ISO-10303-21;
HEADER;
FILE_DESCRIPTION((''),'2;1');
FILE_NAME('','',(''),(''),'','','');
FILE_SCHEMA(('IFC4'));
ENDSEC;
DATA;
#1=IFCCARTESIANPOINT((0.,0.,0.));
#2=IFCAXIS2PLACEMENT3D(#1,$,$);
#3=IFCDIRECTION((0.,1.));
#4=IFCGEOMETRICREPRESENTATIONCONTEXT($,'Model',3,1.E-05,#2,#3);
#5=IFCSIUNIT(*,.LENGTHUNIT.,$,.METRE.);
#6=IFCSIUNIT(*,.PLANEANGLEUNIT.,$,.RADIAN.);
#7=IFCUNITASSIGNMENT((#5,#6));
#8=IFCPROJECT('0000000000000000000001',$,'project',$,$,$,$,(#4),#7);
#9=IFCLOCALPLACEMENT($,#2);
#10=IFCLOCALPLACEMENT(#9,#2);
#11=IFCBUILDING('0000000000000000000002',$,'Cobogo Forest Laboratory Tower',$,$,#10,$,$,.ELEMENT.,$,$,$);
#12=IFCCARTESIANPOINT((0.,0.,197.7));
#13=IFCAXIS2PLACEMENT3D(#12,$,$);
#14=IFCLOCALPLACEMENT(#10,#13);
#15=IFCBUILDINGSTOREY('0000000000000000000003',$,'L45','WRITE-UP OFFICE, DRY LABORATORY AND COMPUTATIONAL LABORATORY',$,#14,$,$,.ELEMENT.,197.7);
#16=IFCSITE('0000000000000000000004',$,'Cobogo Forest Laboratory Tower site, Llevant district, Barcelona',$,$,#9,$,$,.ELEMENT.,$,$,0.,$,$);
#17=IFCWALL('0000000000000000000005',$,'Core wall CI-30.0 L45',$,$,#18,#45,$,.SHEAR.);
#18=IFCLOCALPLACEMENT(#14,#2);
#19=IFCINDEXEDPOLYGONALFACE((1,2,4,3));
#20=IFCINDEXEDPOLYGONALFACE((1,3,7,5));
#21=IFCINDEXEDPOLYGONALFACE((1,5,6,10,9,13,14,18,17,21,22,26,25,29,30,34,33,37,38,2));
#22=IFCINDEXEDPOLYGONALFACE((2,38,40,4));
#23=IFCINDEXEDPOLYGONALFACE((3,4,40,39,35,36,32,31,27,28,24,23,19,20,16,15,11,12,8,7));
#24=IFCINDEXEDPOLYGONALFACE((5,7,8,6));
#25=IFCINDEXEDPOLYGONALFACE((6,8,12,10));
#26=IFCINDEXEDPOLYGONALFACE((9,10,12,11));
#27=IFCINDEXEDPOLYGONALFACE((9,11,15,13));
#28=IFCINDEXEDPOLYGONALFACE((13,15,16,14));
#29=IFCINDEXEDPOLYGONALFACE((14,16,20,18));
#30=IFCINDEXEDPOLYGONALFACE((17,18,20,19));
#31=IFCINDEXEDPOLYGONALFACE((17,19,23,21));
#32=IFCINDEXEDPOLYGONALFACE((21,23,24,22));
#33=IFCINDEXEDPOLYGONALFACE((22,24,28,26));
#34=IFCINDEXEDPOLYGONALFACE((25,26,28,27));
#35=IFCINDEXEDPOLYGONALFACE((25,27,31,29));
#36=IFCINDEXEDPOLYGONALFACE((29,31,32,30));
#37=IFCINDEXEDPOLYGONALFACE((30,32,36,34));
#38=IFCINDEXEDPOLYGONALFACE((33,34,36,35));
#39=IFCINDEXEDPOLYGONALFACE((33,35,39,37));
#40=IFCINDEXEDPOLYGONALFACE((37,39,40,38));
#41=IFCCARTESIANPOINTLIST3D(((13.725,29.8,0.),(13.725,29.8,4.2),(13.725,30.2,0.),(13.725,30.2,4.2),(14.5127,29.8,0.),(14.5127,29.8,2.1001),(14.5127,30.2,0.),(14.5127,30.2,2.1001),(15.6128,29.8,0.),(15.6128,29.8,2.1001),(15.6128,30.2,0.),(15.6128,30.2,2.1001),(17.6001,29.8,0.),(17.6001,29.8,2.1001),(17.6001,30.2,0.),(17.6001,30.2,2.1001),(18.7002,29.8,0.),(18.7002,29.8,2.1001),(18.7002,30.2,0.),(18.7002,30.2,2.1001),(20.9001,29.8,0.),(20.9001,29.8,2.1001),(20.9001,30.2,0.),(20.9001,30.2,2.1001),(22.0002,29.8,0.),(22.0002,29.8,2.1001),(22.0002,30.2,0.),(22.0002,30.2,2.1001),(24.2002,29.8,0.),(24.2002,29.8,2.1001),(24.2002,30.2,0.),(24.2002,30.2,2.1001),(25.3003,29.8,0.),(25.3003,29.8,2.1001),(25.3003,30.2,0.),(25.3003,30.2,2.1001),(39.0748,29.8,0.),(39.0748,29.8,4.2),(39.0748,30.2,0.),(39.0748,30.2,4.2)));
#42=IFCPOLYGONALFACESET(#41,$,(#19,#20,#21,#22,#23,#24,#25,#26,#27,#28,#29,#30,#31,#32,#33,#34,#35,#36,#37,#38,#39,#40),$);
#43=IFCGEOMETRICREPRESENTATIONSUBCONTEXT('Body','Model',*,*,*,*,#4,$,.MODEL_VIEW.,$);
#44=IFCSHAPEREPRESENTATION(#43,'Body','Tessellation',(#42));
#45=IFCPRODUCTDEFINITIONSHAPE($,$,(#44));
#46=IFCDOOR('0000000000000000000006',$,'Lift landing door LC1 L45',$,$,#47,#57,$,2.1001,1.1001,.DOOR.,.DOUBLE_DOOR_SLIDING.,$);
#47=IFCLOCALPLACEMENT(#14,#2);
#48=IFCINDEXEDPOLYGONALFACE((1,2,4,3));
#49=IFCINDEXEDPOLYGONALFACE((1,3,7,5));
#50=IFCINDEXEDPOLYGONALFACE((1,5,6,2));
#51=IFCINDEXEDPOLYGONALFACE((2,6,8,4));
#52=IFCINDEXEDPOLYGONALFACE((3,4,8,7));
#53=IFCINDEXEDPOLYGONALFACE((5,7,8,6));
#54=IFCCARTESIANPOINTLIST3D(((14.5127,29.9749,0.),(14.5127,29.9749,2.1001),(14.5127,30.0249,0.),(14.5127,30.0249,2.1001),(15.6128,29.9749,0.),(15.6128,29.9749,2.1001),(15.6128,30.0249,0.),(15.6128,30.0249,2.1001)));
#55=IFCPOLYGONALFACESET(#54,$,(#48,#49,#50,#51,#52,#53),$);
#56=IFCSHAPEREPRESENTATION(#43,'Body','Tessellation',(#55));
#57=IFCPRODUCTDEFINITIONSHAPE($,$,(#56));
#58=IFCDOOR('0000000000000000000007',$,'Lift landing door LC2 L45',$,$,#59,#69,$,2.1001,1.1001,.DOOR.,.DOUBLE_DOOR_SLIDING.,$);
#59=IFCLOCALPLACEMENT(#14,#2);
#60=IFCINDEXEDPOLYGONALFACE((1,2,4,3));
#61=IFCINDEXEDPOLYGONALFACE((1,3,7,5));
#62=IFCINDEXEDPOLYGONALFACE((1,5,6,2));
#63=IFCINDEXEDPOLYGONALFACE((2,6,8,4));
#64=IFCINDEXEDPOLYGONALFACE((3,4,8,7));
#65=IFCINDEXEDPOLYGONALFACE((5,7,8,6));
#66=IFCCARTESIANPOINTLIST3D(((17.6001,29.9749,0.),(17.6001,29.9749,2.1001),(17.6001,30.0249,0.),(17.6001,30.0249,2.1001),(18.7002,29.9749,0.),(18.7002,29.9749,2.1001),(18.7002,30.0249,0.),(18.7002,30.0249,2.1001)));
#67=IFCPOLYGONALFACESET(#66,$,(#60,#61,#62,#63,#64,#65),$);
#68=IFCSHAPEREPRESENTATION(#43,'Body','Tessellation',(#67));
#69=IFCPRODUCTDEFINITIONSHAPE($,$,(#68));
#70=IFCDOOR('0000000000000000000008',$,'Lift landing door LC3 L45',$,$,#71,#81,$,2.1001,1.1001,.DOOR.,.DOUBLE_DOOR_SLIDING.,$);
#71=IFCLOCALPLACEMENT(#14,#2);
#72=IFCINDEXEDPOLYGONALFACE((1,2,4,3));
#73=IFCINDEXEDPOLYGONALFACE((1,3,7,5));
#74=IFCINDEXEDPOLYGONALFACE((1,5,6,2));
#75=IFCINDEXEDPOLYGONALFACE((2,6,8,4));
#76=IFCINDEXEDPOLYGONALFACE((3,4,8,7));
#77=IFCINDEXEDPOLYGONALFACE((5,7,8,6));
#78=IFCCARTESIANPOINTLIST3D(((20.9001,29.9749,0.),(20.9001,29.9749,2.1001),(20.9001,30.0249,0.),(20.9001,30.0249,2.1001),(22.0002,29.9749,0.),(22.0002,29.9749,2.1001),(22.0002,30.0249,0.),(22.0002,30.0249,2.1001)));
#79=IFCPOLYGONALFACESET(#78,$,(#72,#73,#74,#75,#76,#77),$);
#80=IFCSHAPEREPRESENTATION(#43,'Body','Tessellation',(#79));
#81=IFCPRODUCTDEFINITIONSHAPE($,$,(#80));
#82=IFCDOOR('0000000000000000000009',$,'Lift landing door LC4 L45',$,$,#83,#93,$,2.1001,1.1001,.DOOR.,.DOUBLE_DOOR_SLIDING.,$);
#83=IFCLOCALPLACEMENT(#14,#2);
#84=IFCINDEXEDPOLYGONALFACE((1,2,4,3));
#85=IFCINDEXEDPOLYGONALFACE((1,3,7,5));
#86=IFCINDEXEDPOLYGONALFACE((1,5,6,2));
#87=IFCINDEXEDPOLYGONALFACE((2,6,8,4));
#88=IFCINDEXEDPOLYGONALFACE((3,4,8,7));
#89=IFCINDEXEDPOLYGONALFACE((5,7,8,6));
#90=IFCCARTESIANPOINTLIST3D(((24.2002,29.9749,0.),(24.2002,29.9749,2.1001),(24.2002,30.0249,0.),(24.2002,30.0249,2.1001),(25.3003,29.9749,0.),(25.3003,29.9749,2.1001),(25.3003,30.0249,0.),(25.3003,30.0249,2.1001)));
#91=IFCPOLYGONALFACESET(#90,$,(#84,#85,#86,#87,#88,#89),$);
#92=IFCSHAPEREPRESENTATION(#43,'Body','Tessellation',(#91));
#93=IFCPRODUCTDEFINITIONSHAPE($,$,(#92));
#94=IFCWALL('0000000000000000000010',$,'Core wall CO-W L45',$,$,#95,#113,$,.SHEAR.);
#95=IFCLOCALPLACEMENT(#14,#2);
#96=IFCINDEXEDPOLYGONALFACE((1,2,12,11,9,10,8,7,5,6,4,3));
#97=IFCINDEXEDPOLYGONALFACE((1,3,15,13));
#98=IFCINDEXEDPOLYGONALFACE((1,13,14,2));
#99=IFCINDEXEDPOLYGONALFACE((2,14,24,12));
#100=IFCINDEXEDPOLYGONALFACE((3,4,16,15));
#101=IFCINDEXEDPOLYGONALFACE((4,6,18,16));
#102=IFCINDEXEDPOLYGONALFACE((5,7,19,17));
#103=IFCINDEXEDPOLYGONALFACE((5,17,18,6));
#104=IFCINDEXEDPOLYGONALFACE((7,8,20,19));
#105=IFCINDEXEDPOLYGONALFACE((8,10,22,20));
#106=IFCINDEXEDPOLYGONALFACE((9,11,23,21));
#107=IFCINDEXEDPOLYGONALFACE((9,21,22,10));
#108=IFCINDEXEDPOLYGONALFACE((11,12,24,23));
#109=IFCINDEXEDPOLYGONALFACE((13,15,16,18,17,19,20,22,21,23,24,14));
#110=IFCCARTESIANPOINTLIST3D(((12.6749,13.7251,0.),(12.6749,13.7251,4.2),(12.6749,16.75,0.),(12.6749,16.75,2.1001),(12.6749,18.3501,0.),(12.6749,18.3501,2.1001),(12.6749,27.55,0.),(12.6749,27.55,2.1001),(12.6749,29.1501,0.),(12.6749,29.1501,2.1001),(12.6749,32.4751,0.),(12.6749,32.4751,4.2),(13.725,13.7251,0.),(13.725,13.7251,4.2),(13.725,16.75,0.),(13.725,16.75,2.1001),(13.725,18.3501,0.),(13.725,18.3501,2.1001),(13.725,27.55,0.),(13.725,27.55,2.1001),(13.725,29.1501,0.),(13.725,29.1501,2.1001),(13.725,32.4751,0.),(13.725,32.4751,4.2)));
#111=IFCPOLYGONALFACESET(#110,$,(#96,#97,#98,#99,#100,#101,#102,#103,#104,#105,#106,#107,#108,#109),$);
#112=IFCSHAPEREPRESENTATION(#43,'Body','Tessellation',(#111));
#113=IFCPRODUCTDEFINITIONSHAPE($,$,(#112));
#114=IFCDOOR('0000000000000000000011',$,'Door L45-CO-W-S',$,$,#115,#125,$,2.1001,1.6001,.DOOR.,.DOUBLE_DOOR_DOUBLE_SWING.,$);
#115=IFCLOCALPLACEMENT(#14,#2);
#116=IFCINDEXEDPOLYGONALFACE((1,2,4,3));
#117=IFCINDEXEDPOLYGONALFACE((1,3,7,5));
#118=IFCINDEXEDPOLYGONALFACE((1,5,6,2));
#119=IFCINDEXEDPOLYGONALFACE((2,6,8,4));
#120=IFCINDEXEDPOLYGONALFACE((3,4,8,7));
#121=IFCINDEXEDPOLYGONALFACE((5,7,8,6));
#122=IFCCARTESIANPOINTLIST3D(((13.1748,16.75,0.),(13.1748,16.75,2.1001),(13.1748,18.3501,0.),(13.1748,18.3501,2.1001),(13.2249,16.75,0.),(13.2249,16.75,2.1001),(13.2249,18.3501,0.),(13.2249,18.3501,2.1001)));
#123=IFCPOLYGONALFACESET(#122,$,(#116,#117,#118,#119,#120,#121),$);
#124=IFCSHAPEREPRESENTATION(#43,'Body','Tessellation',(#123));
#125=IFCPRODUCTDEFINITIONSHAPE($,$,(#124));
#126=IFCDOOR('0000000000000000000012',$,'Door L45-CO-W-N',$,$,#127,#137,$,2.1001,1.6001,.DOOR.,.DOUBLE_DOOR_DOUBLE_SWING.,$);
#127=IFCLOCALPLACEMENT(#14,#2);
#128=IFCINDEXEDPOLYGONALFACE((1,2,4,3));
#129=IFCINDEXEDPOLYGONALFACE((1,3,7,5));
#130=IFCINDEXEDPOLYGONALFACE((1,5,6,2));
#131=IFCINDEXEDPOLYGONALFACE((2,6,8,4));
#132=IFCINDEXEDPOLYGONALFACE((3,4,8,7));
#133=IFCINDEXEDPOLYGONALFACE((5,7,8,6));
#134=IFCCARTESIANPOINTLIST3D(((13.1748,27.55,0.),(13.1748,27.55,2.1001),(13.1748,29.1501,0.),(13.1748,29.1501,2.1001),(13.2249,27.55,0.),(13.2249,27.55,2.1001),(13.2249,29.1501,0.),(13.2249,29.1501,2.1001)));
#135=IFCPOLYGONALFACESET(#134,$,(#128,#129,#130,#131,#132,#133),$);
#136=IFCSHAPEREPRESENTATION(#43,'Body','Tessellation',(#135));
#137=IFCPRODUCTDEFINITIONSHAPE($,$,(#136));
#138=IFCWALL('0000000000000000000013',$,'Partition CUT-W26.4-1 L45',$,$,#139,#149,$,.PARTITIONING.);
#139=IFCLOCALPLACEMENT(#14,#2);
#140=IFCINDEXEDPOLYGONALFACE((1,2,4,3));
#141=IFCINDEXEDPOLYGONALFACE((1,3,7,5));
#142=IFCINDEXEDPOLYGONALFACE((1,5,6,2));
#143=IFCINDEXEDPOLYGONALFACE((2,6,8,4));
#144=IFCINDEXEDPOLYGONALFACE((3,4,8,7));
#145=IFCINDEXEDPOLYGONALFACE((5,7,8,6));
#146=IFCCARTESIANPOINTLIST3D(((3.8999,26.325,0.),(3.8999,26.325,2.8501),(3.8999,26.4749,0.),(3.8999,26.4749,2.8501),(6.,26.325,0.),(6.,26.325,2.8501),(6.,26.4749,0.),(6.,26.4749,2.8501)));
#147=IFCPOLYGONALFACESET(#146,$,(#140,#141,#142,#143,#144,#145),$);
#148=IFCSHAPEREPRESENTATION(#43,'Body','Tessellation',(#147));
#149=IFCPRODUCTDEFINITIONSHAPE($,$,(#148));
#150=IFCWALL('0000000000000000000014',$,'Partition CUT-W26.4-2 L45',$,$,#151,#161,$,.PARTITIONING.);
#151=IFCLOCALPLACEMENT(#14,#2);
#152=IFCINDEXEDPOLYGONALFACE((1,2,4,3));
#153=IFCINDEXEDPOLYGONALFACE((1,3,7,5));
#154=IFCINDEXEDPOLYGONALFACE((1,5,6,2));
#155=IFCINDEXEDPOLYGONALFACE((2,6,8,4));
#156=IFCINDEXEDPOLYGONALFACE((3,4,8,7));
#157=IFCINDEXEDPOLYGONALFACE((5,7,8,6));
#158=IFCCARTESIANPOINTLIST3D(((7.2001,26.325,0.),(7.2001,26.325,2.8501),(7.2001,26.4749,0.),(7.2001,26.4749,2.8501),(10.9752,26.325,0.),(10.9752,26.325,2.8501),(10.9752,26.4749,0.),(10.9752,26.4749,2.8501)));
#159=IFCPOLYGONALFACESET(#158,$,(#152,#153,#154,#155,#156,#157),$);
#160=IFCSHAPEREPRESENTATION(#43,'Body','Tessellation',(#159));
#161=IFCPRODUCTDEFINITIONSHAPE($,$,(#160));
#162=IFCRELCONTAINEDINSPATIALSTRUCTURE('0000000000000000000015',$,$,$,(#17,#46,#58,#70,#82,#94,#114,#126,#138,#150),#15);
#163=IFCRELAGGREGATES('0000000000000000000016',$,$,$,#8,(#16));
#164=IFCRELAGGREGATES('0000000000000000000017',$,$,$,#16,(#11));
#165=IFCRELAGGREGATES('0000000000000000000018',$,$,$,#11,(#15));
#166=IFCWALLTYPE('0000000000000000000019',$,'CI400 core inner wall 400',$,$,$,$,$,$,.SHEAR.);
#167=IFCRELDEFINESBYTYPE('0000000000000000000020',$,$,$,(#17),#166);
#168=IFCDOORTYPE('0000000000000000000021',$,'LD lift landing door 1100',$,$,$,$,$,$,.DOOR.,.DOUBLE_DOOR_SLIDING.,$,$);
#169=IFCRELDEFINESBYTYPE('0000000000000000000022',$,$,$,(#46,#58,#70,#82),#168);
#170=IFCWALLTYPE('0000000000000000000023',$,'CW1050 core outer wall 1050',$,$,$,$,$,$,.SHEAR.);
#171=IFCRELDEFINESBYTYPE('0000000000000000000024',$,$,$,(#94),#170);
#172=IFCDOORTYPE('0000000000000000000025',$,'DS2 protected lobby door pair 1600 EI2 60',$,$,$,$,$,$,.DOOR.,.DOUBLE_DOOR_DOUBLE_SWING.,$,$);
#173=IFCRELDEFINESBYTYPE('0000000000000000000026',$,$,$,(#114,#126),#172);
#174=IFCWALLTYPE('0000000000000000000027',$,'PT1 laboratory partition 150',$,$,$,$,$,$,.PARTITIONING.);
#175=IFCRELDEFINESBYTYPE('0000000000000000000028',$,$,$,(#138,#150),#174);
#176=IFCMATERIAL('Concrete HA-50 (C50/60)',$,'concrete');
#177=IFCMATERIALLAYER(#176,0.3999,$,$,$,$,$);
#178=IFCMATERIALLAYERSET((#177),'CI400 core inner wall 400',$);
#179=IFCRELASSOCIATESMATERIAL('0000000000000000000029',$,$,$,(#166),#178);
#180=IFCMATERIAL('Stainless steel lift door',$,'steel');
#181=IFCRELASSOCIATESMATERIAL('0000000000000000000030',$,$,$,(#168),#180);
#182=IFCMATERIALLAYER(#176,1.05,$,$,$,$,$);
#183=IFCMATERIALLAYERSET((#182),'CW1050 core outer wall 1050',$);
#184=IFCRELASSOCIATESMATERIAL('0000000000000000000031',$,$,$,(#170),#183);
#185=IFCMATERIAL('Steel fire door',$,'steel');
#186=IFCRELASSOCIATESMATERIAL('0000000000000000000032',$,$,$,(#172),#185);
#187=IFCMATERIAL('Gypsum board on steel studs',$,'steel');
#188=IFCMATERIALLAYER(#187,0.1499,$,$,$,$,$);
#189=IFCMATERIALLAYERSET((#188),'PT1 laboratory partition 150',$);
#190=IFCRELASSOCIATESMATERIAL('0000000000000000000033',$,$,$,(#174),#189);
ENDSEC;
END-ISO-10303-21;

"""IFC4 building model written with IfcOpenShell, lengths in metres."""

from ifc_helpers import new_model, si_unit, direction, frame, frame_2d, origin, place, context, subcontext, project, spatial, rectangle, extrude, material, layer, layer_set, type_object, element, fill, save


model = new_model("IFC4")

# Units and contexts
model_context = context("Model", 3, precision=1e-05, world=origin(), true_north=direction((0.0, 1.0)))
body_context = subcontext(model_context, "Body", "Model", "MODEL_VIEW")
ifc_project = project(units=[si_unit("LENGTHUNIT", "METRE"), si_unit("PLANEANGLEUNIT", "RADIAN")], contexts=[model_context])

# Site, building, storey
site_placement = place(None, origin())
site = spatial("IfcSite", under=ifc_project, at=site_placement, Name="Cobogo Forest Laboratory Tower site, Llevant district, Barcelona", CompositionType="ELEMENT", RefElevation=0.0)
building_placement = place(site_placement, origin())
building = spatial("IfcBuilding", under=site, at=building_placement, Name="Cobogo Forest Laboratory Tower", CompositionType="ELEMENT")
storey_placement = place(building_placement, frame((0.0, 0.0, 197.7)))
storey = spatial("IfcBuildingStorey", under=building, at=storey_placement, Name="L45", Description="WRITE-UP OFFICE, DRY LABORATORY AND COMPUTATIONAL LABORATORY", CompositionType="ELEMENT", Elevation=197.7)

# Shared definitions
ifc_material_1 = material(Name="Concrete HA-50 (C50/60)", Category="concrete")

# Walls, openings, doors
ifc_layer_1 = layer(ifc_material_1, 0.3999)
ifc_layer_set_1 = layer_set([ifc_layer_1], Name="CI400 core inner wall 400")
wall_type_1 = type_object("IfcWallType", Name="CI400 core inner wall 400", PredefinedType="SHEAR", material=ifc_layer_set_1)
ifc_material_2 = material(Name="Steel fire door", Category="steel")
ifc_material_3 = material(Name="Stainless steel lift door", Category="steel")
door_type_1 = type_object("IfcDoorType", Name="LD lift landing door 1100", OperationType="DOUBLE_DOOR_SLIDING", PredefinedType="DOOR", material=ifc_material_3)
wall_1_placement = place(storey_placement, frame((13.7251, 30.0, 0.0), z_axis=(0.0, 0.0, 1.0), x_axis=(1.0, 0.0, 0.0)))
wall_1 = element("IfcWall", 1, at=wall_1_placement, inside=storey, type_object=wall_type_1, Name="Core wall CI-30.0 L45", PredefinedType="SHEAR", context=body_context, shape_type="SweptSolid", body=[
    extrude(rectangle(XDim=25.3499, YDim=0.3999, at=frame_2d((12.6748, 0.0))), origin(), (0.0, 0.0, 1.0), 4.2),
])
opening_1_placement = place(wall_1_placement, frame((0.7876, 0.0, 0.0)))
opening_1 = element("IfcOpeningElement", 2, at=opening_1_placement, cuts=wall_1, PredefinedType="OPENING", context=body_context, shape_type="SweptSolid", body=[
    extrude(rectangle(XDim=1.1001, YDim=2.1001, at=frame_2d((0.55, 1.05))), frame((0.0, 0.21, 0.0), z_axis=(0.0, -1.0, 0.0), x_axis=(1.0, 0.0, 0.0)), (0.0, 0.0, 1.0), 0.4199),
])
opening_2_placement = place(wall_1_placement, frame((3.875, 0.0, 0.0)))
opening_2 = element("IfcOpeningElement", 3, at=opening_2_placement, cuts=wall_1, PredefinedType="OPENING", context=body_context, shape_type="SweptSolid", body=[
    extrude(rectangle(XDim=1.1001, YDim=2.1001, at=frame_2d((0.55, 1.05))), frame((0.0, 0.21, 0.0), z_axis=(0.0, -1.0, 0.0), x_axis=(1.0, 0.0, 0.0)), (0.0, 0.0, 1.0), 0.4199),
])
opening_3_placement = place(wall_1_placement, frame((7.175, 0.0, 0.0)))
opening_3 = element("IfcOpeningElement", 4, at=opening_3_placement, cuts=wall_1, PredefinedType="OPENING", context=body_context, shape_type="SweptSolid", body=[
    extrude(rectangle(XDim=1.1001, YDim=2.1001, at=frame_2d((0.55, 1.05))), frame((0.0, 0.21, 0.0), z_axis=(0.0, -1.0, 0.0), x_axis=(1.0, 0.0, 0.0)), (0.0, 0.0, 1.0), 0.4199),
])
opening_4_placement = place(wall_1_placement, frame((10.4751, 0.0, 0.0)))
opening_4 = element("IfcOpeningElement", 5, at=opening_4_placement, cuts=wall_1, PredefinedType="OPENING", context=body_context, shape_type="SweptSolid", body=[
    extrude(rectangle(XDim=1.1001, YDim=2.1001, at=frame_2d((0.55, 1.05))), frame((0.0, 0.21, 0.0), z_axis=(0.0, -1.0, 0.0), x_axis=(1.0, 0.0, 0.0)), (0.0, 0.0, 1.0), 0.4199),
])
door_1_placement = place(opening_1_placement, origin())
door_1 = element("IfcDoor", 6, at=door_1_placement, inside=storey, type_object=door_type_1, Name="Lift landing door LC1 L45", OperationType="DOUBLE_DOOR_SLIDING", OverallHeight=2.1001, OverallWidth=1.1001, PredefinedType="DOOR", context=body_context, shape_type="SweptSolid", body=[
    extrude(rectangle(XDim=1.1001, YDim=2.1001, at=frame_2d((0.55, 1.05))), frame((0.0, 0.0249, 0.0), z_axis=(0.0, -1.0, 0.0), x_axis=(1.0, 0.0, 0.0)), (0.0, 0.0, 1.0), 0.05),
])
fill(opening_1, door_1)
door_2_placement = place(opening_2_placement, origin())
door_2 = element("IfcDoor", 7, at=door_2_placement, inside=storey, type_object=door_type_1, Name="Lift landing door LC2 L45", OperationType="DOUBLE_DOOR_SLIDING", OverallHeight=2.1001, OverallWidth=1.1001, PredefinedType="DOOR", context=body_context, shape_type="SweptSolid", body=[
    extrude(rectangle(XDim=1.1001, YDim=2.1001, at=frame_2d((0.55, 1.05))), frame((0.0, 0.0249, 0.0), z_axis=(0.0, -1.0, 0.0), x_axis=(1.0, 0.0, 0.0)), (0.0, 0.0, 1.0), 0.05),
])
fill(opening_2, door_2)
door_3_placement = place(opening_3_placement, origin())
door_3 = element("IfcDoor", 8, at=door_3_placement, inside=storey, type_object=door_type_1, Name="Lift landing door LC3 L45", OperationType="DOUBLE_DOOR_SLIDING", OverallHeight=2.1001, OverallWidth=1.1001, PredefinedType="DOOR", context=body_context, shape_type="SweptSolid", body=[
    extrude(rectangle(XDim=1.1001, YDim=2.1001, at=frame_2d((0.55, 1.05))), frame((0.0, 0.0249, 0.0), z_axis=(0.0, -1.0, 0.0), x_axis=(1.0, 0.0, 0.0)), (0.0, 0.0, 1.0), 0.05),
])
fill(opening_3, door_3)
door_4_placement = place(opening_4_placement, origin())
door_4 = element("IfcDoor", 9, at=door_4_placement, inside=storey, type_object=door_type_1, Name="Lift landing door LC4 L45", OperationType="DOUBLE_DOOR_SLIDING", OverallHeight=2.1001, OverallWidth=1.1001, PredefinedType="DOOR", context=body_context, shape_type="SweptSolid", body=[
    extrude(rectangle(XDim=1.1001, YDim=2.1001, at=frame_2d((0.55, 1.05))), frame((0.0, 0.0249, 0.0), z_axis=(0.0, -1.0, 0.0), x_axis=(1.0, 0.0, 0.0)), (0.0, 0.0, 1.0), 0.05),
])
fill(opening_4, door_4)
ifc_layer_2 = layer(ifc_material_1, 1.05)
ifc_layer_set_2 = layer_set([ifc_layer_2], Name="CW1050 core outer wall 1050")
wall_type_2 = type_object("IfcWallType", Name="CW1050 core outer wall 1050", PredefinedType="SHEAR", material=ifc_layer_set_2)
wall_2_placement = place(storey_placement, frame((13.2, 32.4751, 0.0), z_axis=(0.0, 0.0, 1.0), x_axis=(0.0, -1.0, 0.0)))
wall_2 = element("IfcWall", 10, at=wall_2_placement, inside=storey, type_object=wall_type_2, Name="Core wall CO-W L45", PredefinedType="SHEAR", context=body_context, shape_type="SweptSolid", body=[
    extrude(rectangle(XDim=18.75, YDim=1.05, at=frame_2d((9.375, 0.0))), origin(), (0.0, 0.0, 1.0), 4.2),
])
opening_5_placement = place(wall_2_placement, frame((14.125, 0.0, 0.0)))
opening_5 = element("IfcOpeningElement", 11, at=opening_5_placement, cuts=wall_2, PredefinedType="OPENING", context=body_context, shape_type="SweptSolid", body=[
    extrude(rectangle(XDim=1.6001, YDim=2.1001, at=frame_2d((0.8, 1.05))), frame((0.0, 0.5349, 0.0), z_axis=(0.0, -1.0, 0.0), x_axis=(1.0, 0.0, 0.0)), (0.0, 0.0, 1.0), 1.0701),
])
opening_6_placement = place(wall_2_placement, frame((3.325, 0.0, 0.0)))
opening_6 = element("IfcOpeningElement", 12, at=opening_6_placement, cuts=wall_2, PredefinedType="OPENING", context=body_context, shape_type="SweptSolid", body=[
    extrude(rectangle(XDim=1.6001, YDim=2.1001, at=frame_2d((0.8, 1.05))), frame((0.0, 0.5349, 0.0), z_axis=(0.0, -1.0, 0.0), x_axis=(1.0, 0.0, 0.0)), (0.0, 0.0, 1.0), 1.0701),
])
door_type_2 = type_object("IfcDoorType", Name="DS2 protected lobby door pair 1600 EI2 60", OperationType="DOUBLE_DOOR_DOUBLE_SWING", PredefinedType="DOOR", material=ifc_material_2)
door_5_placement = place(opening_5_placement, origin())
door_5 = element("IfcDoor", 13, at=door_5_placement, inside=storey, type_object=door_type_2, Name="Door L45-CO-W-S", OperationType="DOUBLE_DOOR_DOUBLE_SWING", OverallHeight=2.1001, OverallWidth=1.6001, PredefinedType="DOOR", context=body_context, shape_type="SweptSolid", body=[
    extrude(rectangle(XDim=1.6001, YDim=2.1001, at=frame_2d((0.8, 1.05))), frame((0.0, 0.0249, 0.0), z_axis=(0.0, -1.0, 0.0), x_axis=(1.0, 0.0, 0.0)), (0.0, 0.0, 1.0), 0.05),
])
fill(opening_5, door_5)
door_6_placement = place(opening_6_placement, origin())
door_6 = element("IfcDoor", 14, at=door_6_placement, inside=storey, type_object=door_type_2, Name="Door L45-CO-W-N", OperationType="DOUBLE_DOOR_DOUBLE_SWING", OverallHeight=2.1001, OverallWidth=1.6001, PredefinedType="DOOR", context=body_context, shape_type="SweptSolid", body=[
    extrude(rectangle(XDim=1.6001, YDim=2.1001, at=frame_2d((0.8, 1.05))), frame((0.0, 0.0249, 0.0), z_axis=(0.0, -1.0, 0.0), x_axis=(1.0, 0.0, 0.0)), (0.0, 0.0, 1.0), 0.05),
])
fill(opening_6, door_6)

# Walls
ifc_material_4 = material(Name="Gypsum board on steel studs", Category="steel")
ifc_layer_3 = layer(ifc_material_4, 0.1499)
ifc_layer_set_3 = layer_set([ifc_layer_3], Name="PT1 laboratory partition 150")
wall_type_3 = type_object("IfcWallType", Name="PT1 laboratory partition 150", PredefinedType="PARTITIONING", material=ifc_layer_set_3)
wall_3_placement = place(storey_placement, frame((3.8999, 26.3999, 0.0), z_axis=(0.0, 0.0, 1.0), x_axis=(1.0, 0.0, 0.0)))
element("IfcWall", 15, at=wall_3_placement, inside=storey, type_object=wall_type_3, Name="Partition CUT-W26.4-1 L45", PredefinedType="PARTITIONING", context=body_context, shape_type="SweptSolid", body=[
    extrude(rectangle(XDim=2.1001, YDim=0.1499, at=frame_2d((1.05, 0.0))), origin(), (0.0, 0.0, 1.0), 2.8501),
])
wall_4_placement = place(storey_placement, frame((7.2, 26.3999, 0.0), z_axis=(0.0, 0.0, 1.0), x_axis=(1.0, 0.0, 0.0)))
element("IfcWall", 16, at=wall_4_placement, inside=storey, type_object=wall_type_3, Name="Partition CUT-W26.4-2 L45", PredefinedType="PARTITIONING", context=body_context, shape_type="SweptSolid", body=[
    extrude(rectangle(XDim=3.7751, YDim=0.1499, at=frame_2d((1.8877, 0.0))), origin(), (0.0, 0.0, 1.0), 2.8501),
])

save(model, "model.ifc")
